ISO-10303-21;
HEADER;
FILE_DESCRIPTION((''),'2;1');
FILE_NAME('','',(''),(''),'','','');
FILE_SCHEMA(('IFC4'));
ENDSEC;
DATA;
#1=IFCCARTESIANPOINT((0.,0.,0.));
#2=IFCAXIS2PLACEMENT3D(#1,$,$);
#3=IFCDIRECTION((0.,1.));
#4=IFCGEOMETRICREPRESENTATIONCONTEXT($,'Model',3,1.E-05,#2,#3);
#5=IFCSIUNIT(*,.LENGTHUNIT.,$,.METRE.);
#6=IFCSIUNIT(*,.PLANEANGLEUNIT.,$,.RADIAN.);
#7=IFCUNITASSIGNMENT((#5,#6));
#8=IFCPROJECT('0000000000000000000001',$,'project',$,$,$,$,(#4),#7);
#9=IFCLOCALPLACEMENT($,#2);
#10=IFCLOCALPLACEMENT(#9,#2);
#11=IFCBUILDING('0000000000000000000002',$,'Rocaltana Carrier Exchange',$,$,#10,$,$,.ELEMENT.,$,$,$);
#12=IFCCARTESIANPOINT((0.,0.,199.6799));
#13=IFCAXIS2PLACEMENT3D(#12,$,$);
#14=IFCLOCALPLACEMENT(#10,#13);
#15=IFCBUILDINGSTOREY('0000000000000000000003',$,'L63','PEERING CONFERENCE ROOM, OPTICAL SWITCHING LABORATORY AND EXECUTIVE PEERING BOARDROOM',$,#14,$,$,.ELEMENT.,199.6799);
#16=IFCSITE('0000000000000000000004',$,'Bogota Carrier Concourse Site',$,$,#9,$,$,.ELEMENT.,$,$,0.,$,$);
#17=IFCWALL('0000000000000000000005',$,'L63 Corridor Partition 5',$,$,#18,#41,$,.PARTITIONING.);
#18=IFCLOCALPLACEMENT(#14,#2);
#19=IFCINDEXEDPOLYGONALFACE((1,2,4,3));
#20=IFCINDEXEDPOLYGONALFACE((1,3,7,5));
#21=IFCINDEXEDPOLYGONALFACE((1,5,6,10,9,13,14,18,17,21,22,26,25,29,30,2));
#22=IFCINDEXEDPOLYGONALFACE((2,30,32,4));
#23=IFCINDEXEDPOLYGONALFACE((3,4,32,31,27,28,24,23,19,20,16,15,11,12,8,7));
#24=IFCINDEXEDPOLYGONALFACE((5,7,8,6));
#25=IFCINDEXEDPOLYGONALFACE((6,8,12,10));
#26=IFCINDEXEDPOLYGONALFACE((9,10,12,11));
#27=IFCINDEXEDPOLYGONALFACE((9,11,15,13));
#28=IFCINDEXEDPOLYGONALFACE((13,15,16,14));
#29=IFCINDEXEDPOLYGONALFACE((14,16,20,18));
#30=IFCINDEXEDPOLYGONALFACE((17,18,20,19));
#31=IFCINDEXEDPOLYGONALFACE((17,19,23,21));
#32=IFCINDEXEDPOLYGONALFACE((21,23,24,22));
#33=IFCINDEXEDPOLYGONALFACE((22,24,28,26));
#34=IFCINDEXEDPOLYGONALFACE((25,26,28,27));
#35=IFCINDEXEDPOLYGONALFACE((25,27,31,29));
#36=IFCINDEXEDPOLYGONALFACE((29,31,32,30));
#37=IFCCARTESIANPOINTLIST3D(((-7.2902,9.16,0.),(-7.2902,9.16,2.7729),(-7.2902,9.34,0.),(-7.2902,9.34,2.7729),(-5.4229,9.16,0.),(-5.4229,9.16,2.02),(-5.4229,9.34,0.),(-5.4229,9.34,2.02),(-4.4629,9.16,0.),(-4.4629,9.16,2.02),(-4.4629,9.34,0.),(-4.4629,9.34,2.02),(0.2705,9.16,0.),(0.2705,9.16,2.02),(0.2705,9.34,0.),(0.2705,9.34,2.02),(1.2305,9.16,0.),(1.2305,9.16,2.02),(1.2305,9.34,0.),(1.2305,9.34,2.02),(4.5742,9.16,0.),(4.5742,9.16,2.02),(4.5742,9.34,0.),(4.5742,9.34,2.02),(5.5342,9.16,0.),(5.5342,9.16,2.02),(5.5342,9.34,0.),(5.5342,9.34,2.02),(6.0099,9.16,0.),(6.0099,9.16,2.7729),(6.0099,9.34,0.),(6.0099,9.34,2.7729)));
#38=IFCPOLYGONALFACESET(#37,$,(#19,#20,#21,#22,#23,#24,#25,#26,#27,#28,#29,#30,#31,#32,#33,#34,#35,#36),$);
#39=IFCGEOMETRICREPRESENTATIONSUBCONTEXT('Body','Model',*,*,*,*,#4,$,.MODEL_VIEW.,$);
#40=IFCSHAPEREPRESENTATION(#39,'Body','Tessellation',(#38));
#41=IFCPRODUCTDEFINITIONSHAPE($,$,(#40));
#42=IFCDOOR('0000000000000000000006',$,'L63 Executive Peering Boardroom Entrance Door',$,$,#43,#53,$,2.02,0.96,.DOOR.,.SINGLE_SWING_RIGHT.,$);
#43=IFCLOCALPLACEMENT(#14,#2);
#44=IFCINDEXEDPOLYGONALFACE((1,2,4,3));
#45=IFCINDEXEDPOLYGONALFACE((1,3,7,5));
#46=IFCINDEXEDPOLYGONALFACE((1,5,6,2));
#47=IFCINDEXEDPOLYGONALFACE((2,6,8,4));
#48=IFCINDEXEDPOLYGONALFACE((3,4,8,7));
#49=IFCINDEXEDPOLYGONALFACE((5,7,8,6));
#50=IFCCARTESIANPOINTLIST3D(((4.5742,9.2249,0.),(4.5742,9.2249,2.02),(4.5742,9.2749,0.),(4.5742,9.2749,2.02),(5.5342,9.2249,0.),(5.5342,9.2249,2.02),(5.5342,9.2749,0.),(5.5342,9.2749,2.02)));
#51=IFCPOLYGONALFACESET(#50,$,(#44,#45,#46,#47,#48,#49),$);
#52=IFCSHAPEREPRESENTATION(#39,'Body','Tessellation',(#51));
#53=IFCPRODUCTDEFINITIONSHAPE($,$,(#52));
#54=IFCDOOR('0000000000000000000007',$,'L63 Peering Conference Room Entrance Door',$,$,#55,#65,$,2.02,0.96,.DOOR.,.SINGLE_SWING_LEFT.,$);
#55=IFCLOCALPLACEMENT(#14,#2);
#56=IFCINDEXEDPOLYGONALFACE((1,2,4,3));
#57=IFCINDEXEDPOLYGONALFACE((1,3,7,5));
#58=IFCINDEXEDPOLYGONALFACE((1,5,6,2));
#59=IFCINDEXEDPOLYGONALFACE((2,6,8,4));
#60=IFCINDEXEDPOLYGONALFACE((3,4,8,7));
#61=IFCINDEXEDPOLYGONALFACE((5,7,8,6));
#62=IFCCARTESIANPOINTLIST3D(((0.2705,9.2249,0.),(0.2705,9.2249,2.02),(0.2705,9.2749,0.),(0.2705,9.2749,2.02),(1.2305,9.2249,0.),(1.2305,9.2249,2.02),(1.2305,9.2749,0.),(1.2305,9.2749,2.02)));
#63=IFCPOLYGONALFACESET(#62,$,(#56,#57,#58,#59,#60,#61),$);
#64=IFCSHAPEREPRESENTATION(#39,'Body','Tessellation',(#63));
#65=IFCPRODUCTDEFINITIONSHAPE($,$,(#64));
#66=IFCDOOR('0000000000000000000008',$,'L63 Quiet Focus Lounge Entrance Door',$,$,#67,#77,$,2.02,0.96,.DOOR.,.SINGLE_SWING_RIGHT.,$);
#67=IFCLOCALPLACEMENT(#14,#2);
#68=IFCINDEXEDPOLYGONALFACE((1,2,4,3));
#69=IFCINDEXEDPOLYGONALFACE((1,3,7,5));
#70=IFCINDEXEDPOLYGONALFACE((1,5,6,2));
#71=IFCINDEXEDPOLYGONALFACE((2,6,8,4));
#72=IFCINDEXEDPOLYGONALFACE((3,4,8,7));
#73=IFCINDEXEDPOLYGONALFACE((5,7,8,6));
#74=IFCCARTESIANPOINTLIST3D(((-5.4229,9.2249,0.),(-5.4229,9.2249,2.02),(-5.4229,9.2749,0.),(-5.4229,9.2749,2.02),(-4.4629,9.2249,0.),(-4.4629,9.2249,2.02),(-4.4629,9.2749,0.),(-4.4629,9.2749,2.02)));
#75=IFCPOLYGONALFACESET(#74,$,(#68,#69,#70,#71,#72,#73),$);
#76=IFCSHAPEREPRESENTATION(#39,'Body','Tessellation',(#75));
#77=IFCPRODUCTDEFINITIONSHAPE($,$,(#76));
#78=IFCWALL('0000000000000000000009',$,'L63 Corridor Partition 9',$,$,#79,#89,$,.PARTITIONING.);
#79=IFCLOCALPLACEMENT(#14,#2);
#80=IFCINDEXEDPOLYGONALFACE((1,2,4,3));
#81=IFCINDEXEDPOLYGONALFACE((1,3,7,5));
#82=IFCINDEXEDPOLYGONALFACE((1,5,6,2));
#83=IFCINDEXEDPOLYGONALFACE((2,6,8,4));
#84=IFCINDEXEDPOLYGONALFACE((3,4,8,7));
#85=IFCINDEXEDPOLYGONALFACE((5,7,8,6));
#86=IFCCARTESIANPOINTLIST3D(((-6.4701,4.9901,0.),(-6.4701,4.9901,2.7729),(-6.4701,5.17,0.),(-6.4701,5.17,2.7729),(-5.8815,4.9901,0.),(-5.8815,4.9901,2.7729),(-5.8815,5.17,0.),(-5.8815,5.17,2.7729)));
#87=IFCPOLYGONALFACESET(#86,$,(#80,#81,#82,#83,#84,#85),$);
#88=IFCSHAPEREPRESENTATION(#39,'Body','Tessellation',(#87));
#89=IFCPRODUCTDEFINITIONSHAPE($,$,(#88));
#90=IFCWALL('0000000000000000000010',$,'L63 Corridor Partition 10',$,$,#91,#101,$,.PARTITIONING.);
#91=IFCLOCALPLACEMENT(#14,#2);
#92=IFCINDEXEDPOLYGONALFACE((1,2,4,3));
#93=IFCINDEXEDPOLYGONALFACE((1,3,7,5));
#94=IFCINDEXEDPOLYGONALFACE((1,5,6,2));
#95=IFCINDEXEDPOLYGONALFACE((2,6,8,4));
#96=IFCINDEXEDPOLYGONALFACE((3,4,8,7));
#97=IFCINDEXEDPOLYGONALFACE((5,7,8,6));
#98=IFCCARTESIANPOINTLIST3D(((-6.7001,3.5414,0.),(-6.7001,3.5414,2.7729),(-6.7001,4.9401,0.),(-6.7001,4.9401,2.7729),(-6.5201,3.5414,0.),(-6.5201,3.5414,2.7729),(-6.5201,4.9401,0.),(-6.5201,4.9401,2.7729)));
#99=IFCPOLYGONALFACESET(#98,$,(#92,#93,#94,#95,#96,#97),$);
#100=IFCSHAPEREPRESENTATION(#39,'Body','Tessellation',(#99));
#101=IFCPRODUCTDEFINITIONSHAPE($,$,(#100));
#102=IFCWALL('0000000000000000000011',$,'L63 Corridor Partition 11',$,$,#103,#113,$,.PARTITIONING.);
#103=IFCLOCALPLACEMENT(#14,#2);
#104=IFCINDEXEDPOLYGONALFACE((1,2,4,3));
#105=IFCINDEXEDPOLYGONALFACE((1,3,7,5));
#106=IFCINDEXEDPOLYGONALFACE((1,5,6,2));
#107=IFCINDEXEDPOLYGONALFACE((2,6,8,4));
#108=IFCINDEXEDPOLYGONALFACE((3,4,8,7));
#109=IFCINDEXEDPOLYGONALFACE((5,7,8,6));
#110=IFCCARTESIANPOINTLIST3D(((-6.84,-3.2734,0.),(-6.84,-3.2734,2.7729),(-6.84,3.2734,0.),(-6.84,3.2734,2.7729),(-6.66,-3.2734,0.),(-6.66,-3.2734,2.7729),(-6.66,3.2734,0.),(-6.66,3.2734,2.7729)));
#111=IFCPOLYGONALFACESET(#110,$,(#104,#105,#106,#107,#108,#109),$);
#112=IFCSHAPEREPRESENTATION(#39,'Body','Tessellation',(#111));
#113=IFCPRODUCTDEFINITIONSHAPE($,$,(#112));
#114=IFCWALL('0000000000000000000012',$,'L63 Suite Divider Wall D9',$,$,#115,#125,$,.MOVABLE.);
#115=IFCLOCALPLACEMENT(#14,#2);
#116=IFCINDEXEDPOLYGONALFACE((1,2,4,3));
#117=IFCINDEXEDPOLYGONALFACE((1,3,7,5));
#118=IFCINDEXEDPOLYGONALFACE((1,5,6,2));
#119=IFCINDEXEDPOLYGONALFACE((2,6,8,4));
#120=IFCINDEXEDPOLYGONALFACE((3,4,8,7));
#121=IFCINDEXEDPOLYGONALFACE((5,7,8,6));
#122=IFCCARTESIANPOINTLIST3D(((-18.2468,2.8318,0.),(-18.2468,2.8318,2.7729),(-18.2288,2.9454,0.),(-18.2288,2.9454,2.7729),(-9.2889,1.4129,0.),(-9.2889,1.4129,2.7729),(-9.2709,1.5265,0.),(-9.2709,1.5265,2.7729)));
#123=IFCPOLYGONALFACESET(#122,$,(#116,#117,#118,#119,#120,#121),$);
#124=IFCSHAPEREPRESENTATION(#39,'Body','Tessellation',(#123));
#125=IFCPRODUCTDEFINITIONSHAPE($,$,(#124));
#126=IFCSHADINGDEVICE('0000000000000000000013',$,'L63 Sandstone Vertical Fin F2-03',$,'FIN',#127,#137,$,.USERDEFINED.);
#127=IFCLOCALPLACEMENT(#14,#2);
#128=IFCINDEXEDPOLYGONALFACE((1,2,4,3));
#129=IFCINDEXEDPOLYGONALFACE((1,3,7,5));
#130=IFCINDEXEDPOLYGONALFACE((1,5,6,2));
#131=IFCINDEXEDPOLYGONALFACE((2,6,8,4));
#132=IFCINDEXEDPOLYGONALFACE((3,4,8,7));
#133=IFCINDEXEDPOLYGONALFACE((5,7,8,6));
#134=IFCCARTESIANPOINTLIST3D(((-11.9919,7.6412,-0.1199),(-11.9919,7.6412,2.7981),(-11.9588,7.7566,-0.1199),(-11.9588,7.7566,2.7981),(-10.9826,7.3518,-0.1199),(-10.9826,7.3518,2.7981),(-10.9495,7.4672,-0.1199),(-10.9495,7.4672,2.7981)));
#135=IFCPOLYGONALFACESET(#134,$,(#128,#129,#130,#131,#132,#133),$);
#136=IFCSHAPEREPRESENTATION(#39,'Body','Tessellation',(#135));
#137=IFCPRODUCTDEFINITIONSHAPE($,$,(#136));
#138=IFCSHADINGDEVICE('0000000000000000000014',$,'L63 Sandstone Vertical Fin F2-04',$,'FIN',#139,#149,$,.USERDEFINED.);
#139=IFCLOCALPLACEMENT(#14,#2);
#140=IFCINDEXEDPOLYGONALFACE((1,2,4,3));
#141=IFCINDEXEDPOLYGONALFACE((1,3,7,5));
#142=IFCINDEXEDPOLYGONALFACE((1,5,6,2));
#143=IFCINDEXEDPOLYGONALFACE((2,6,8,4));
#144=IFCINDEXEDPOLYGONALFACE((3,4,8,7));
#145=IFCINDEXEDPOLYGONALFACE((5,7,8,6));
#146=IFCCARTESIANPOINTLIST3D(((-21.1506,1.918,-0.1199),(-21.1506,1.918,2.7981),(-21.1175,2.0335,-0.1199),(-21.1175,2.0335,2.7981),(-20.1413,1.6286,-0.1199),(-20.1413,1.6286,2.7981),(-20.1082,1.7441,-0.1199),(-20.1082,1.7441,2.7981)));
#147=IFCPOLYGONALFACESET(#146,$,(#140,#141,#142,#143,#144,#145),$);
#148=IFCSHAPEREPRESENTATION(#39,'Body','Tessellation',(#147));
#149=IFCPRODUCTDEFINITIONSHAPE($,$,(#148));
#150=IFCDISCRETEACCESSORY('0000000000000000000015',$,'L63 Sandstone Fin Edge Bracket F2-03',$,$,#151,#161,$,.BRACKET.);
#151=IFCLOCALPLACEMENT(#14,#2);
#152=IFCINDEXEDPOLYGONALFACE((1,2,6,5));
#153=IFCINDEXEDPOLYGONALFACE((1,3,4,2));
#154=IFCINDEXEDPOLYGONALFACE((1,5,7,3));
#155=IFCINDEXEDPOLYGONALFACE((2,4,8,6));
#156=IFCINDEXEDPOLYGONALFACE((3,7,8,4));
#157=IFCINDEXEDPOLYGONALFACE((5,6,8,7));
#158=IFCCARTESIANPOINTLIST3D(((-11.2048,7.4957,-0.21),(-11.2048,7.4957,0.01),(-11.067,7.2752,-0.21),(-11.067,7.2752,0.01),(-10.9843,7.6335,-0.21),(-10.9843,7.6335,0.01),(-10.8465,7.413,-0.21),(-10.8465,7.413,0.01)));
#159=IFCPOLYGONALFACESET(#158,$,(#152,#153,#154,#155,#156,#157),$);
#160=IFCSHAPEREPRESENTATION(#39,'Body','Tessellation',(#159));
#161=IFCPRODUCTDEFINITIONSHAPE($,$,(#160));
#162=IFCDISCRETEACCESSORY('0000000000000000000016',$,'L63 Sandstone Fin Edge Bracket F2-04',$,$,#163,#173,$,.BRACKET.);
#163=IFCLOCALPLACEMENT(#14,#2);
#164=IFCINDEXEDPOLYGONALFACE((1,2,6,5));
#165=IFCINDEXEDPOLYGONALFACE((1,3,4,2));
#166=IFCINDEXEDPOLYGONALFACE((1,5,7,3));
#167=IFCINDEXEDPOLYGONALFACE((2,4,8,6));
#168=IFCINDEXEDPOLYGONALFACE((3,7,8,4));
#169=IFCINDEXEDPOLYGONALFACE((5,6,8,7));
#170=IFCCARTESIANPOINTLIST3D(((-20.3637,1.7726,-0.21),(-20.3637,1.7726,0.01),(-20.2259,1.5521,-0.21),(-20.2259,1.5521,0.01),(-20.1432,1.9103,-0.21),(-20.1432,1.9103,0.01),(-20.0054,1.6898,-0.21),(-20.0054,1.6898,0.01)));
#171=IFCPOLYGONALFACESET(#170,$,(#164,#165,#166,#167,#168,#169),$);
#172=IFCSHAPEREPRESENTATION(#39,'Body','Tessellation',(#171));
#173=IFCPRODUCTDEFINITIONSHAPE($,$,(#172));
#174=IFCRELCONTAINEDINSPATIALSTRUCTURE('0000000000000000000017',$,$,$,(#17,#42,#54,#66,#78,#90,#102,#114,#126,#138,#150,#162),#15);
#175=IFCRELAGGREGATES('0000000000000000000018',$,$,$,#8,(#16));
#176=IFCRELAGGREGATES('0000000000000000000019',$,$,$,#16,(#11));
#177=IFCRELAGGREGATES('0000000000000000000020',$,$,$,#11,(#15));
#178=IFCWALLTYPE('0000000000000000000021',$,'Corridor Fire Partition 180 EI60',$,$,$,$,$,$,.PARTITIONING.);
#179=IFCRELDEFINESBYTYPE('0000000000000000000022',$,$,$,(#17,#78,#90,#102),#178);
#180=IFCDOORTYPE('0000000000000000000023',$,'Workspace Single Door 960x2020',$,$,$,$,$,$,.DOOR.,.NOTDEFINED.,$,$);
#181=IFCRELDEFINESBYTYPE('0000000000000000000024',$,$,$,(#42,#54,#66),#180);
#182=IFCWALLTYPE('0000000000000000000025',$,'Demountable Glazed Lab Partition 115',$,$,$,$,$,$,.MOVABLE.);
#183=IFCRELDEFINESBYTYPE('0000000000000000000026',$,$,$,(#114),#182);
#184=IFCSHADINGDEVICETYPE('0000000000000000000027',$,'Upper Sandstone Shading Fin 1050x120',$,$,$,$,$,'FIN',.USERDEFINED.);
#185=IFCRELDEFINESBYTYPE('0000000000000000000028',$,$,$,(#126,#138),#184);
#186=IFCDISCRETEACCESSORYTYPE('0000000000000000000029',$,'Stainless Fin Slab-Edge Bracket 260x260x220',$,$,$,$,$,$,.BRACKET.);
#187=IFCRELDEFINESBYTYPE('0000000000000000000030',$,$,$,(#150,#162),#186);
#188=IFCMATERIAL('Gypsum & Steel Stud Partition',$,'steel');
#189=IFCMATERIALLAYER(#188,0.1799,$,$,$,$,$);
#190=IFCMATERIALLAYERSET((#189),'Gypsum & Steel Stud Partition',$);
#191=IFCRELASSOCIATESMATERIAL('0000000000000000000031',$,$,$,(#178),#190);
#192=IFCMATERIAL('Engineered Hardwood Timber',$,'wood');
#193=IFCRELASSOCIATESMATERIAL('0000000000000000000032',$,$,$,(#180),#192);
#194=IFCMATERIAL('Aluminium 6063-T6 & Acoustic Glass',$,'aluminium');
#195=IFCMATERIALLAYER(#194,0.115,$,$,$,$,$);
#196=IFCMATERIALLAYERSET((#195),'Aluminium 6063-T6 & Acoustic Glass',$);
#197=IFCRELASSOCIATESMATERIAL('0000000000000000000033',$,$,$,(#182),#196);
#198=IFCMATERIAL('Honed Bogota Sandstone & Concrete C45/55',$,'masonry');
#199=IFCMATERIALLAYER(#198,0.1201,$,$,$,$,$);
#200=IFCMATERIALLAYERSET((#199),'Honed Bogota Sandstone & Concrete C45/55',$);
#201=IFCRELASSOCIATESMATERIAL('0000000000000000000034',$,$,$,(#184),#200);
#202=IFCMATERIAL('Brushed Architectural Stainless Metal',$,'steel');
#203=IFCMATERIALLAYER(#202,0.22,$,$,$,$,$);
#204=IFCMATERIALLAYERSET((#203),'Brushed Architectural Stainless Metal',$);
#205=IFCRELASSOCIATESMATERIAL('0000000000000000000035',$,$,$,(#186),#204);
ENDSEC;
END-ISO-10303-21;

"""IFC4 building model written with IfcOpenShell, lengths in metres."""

from ifc_helpers import new_model, si_unit, direction, frame, frame_2d, origin, origin_2d, place, context, subcontext, project, spatial, rectangle, extrude, material, layer, layer_set, type_object, element, fill, save


model = new_model("IFC4")

# Units and contexts
model_context = context("Model", 3, precision=1e-05, world=origin(), true_north=direction((0.0, 1.0)))
body_context = subcontext(model_context, "Body", "Model", "MODEL_VIEW")
ifc_project = project(units=[si_unit("LENGTHUNIT", "METRE"), si_unit("PLANEANGLEUNIT", "RADIAN")], contexts=[model_context])

# Site, building, storey
site_placement = place(None, origin())
site = spatial("IfcSite", under=ifc_project, at=site_placement, Name="Bogota Carrier Concourse Site", CompositionType="ELEMENT", RefElevation=0.0)
building_placement = place(site_placement, origin())
building = spatial("IfcBuilding", under=site, at=building_placement, Name="Rocaltana Carrier Exchange", CompositionType="ELEMENT")
storey_placement = place(building_placement, frame((0.0, 0.0, 199.6799)))
storey = spatial("IfcBuildingStorey", under=building, at=storey_placement, Name="L63", Description="PEERING CONFERENCE ROOM, OPTICAL SWITCHING LABORATORY AND EXECUTIVE PEERING BOARDROOM", CompositionType="ELEMENT", Elevation=199.6799)

# Shared definitions
ifc_material_1 = material(Name="Gypsum & Steel Stud Partition", Category="steel")
ifc_layer_1 = layer(ifc_material_1, 0.1799)
ifc_layer_set_1 = layer_set([ifc_layer_1], Name="Gypsum & Steel Stud Partition")
wall_type_1 = type_object("IfcWallType", Name="Corridor Fire Partition 180 EI60", PredefinedType="PARTITIONING", material=ifc_layer_set_1)

# Wall, openings, doors
wall_1_placement = place(storey_placement, frame((-7.29, 9.25, 0.0), z_axis=(0.0, 0.0, 1.0), x_axis=(1.0, 0.0, 0.0)))
wall_1 = element("IfcWall", 1, at=wall_1_placement, inside=storey, type_object=wall_type_1, Name="L63 Corridor Partition 5", PredefinedType="PARTITIONING", context=body_context, shape_type="SweptSolid", body=[
    extrude(rectangle(XDim=13.3, YDim=0.1799, at=frame_2d((6.6499, 0.0))), origin(), (0.0, 0.0, 1.0), 2.7729),
])
opening_1_placement = place(wall_1_placement, frame((11.8643, 0.0, 0.0)))
opening_1 = element("IfcOpeningElement", 2, at=opening_1_placement, cuts=wall_1, PredefinedType="OPENING", context=body_context, shape_type="SweptSolid", body=[
    extrude(rectangle(XDim=0.96, YDim=2.02, at=frame_2d((0.48, 1.01))), frame((0.0, 0.0999, 0.0), z_axis=(0.0, -1.0, 0.0), x_axis=(1.0, 0.0, 0.0)), (0.0, 0.0, 1.0), 0.2),
])
opening_2_placement = place(wall_1_placement, frame((7.5605, 0.0, 0.0)))
opening_2 = element("IfcOpeningElement", 3, at=opening_2_placement, cuts=wall_1, PredefinedType="OPENING", context=body_context, shape_type="SweptSolid", body=[
    extrude(rectangle(XDim=0.96, YDim=2.02, at=frame_2d((0.48, 1.01))), frame((0.0, 0.0999, 0.0), z_axis=(0.0, -1.0, 0.0), x_axis=(1.0, 0.0, 0.0)), (0.0, 0.0, 1.0), 0.2),
])
opening_3_placement = place(wall_1_placement, frame((1.8672, 0.0, 0.0)))
opening_3 = element("IfcOpeningElement", 4, at=opening_3_placement, cuts=wall_1, PredefinedType="OPENING", context=body_context, shape_type="SweptSolid", body=[
    extrude(rectangle(XDim=0.96, YDim=2.02, at=frame_2d((0.48, 1.01))), frame((0.0, 0.0999, 0.0), z_axis=(0.0, -1.0, 0.0), x_axis=(1.0, 0.0, 0.0)), (0.0, 0.0, 1.0), 0.2),
])
ifc_material_2 = material(Name="Engineered Hardwood Timber", Category="wood")
door_type = type_object("IfcDoorType", Name="Workspace Single Door 960x2020", OperationType="NOTDEFINED", PredefinedType="DOOR", material=ifc_material_2)
door_1_placement = place(opening_1_placement, origin())
door_1 = element("IfcDoor", 5, at=door_1_placement, inside=storey, type_object=door_type, Name="L63 Executive Peering Boardroom Entrance Door", OperationType="SINGLE_SWING_RIGHT", OverallHeight=2.02, OverallWidth=0.96, PredefinedType="DOOR", context=body_context, shape_type="SweptSolid", body=[
    extrude(rectangle(XDim=0.96, YDim=2.02, at=frame_2d((0.48, 1.01))), frame((0.0, 0.0249, 0.0), z_axis=(0.0, -1.0, 0.0), x_axis=(1.0, 0.0, 0.0)), (0.0, 0.0, 1.0), 0.05),
])
fill(opening_1, door_1)
door_2_placement = place(opening_2_placement, origin())
door_2 = element("IfcDoor", 6, at=door_2_placement, inside=storey, type_object=door_type, Name="L63 Peering Conference Room Entrance Door", OperationType="SINGLE_SWING_LEFT", OverallHeight=2.02, OverallWidth=0.96, PredefinedType="DOOR", context=body_context, shape_type="SweptSolid", body=[
    extrude(rectangle(XDim=0.96, YDim=2.02, at=frame_2d((0.48, 1.01))), frame((0.0, 0.0249, 0.0), z_axis=(0.0, -1.0, 0.0), x_axis=(1.0, 0.0, 0.0)), (0.0, 0.0, 1.0), 0.05),
])
fill(opening_2, door_2)
door_3_placement = place(opening_3_placement, origin())
door_3 = element("IfcDoor", 7, at=door_3_placement, inside=storey, type_object=door_type, Name="L63 Quiet Focus Lounge Entrance Door", OperationType="SINGLE_SWING_RIGHT", OverallHeight=2.02, OverallWidth=0.96, PredefinedType="DOOR", context=body_context, shape_type="SweptSolid", body=[
    extrude(rectangle(XDim=0.96, YDim=2.02, at=frame_2d((0.48, 1.01))), frame((0.0, 0.0249, 0.0), z_axis=(0.0, -1.0, 0.0), x_axis=(1.0, 0.0, 0.0)), (0.0, 0.0, 1.0), 0.05),
])
fill(opening_3, door_3)

# Walls
wall_2_placement = place(storey_placement, frame((-5.8813, 5.0801, 0.0), z_axis=(0.0, 0.0, 1.0), x_axis=(-1.0, 0.0, 0.0)))
element("IfcWall", 8, at=wall_2_placement, inside=storey, type_object=wall_type_1, Name="L63 Corridor Partition 9", PredefinedType="PARTITIONING", context=body_context, shape_type="SweptSolid", body=[
    extrude(rectangle(XDim=0.5886, YDim=0.1799, at=frame_2d((0.2944, 0.0))), origin(), (0.0, 0.0, 1.0), 2.7729),
])
wall_3_placement = place(storey_placement, frame((-6.6101, 4.9399, 0.0), z_axis=(0.0, 0.0, 1.0), x_axis=(0.0, -1.0, 0.0)))
element("IfcWall", 9, at=wall_3_placement, inside=storey, type_object=wall_type_1, Name="L63 Corridor Partition 10", PredefinedType="PARTITIONING", context=body_context, shape_type="SweptSolid", body=[
    extrude(rectangle(XDim=1.3987, YDim=0.1799, at=frame_2d((0.6992, 0.0))), origin(), (0.0, 0.0, 1.0), 2.7729),
])
wall_4_placement = place(storey_placement, frame((-6.75, 3.2734, 0.0), z_axis=(0.0, 0.0, 1.0), x_axis=(0.0, -1.0, 0.0)))
element("IfcWall", 10, at=wall_4_placement, inside=storey, type_object=wall_type_1, Name="L63 Corridor Partition 11", PredefinedType="PARTITIONING", context=body_context, shape_type="SweptSolid", body=[
    extrude(rectangle(XDim=6.5469, YDim=0.1799, at=frame_2d((3.2734, 0.0))), origin(), (0.0, 0.0, 1.0), 2.7729),
])
ifc_material_3 = material(Name="Aluminium 6063-T6 & Acoustic Glass", Category="aluminium")
ifc_layer_2 = layer(ifc_material_3, 0.115)
ifc_layer_set_2 = layer_set([ifc_layer_2], Name="Aluminium 6063-T6 & Acoustic Glass")
wall_type_2 = type_object("IfcWallType", Name="Demountable Glazed Lab Partition 115", PredefinedType="MOVABLE", material=ifc_layer_set_2)
wall_5_placement = place(storey_placement, frame((-9.28, 1.4697, 0.0), z_axis=(0.0, 0.0, 1.0), x_axis=(-0.987686, 0.156449, 0.0)))
element("IfcWall", 11, at=wall_5_placement, inside=storey, type_object=wall_type_2, Name="L63 Suite Divider Wall D9", PredefinedType="MOVABLE", context=body_context, shape_type="SweptSolid", body=[
    extrude(rectangle(XDim=9.0696, YDim=0.115, at=frame_2d((4.5347, 0.0))), origin(), (0.0, 0.0, 1.0), 2.7729),
])

# Shading devices
ifc_material_4 = material(Name="Honed Bogota Sandstone & Concrete C45/55", Category="masonry")
ifc_layer_3 = layer(ifc_material_4, 0.1201)
ifc_layer_set_3 = layer_set([ifc_layer_3], Name="Honed Bogota Sandstone & Concrete C45/55")
shading_device_type = type_object("IfcShadingDeviceType", Name="Upper Sandstone Shading Fin 1050x120", ElementType="FIN", PredefinedType="USERDEFINED", material=ifc_layer_set_3)
for number, where, z_axis, x_axis, name in (
    (12, (-11.4707, 7.5542, -0.1199), (0.0, 0.0, 1.0), (-0.961262, 0.275637, 0.0), "L63 Sandstone Vertical Fin F2-03"),
    (13, (-20.6294, 1.8311, -0.1199), (0.0, 0.0, 1.0), (-0.961262, 0.275637, 0.0), "L63 Sandstone Vertical Fin F2-04"),
):
    element("IfcShadingDevice", number, at=place(storey_placement, frame(where, z_axis=z_axis, x_axis=x_axis)), inside=storey, type_object=shading_device_type, Name=name, ObjectType="FIN", PredefinedType="USERDEFINED", context=body_context, shape_type="SweptSolid", body=[
        extrude(rectangle(XDim=1.05, YDim=0.1201, at=origin_2d()), origin(), (0.0, 0.0, 1.0), 2.918),
    ])

# Discrete accessories
ifc_material_5 = material(Name="Brushed Architectural Stainless Metal", Category="steel")
ifc_layer_4 = layer(ifc_material_5, 0.22)
ifc_layer_set_4 = layer_set([ifc_layer_4], Name="Brushed Architectural Stainless Metal")
discrete_accessory_type = type_object("IfcDiscreteAccessoryType", Name="Stainless Fin Slab-Edge Bracket 260x260x220", PredefinedType="BRACKET", material=ifc_layer_set_4)
for number, where, z_axis, x_axis, name in (
    (14, (-11.0256, 7.4543, -0.21), (0.0, 0.0, 1.0), (-0.848048, -0.529919, 0.0), "L63 Sandstone Fin Edge Bracket F2-03"),
    (15, (-20.1846, 1.7312, -0.21), (0.0, 0.0, 1.0), (-0.848048, -0.529919, 0.0), "L63 Sandstone Fin Edge Bracket F2-04"),
):
    element("IfcDiscreteAccessory", number, at=place(storey_placement, frame(where, z_axis=z_axis, x_axis=x_axis)), inside=storey, type_object=discrete_accessory_type, Name=name, PredefinedType="BRACKET", context=body_context, shape_type="SweptSolid", body=[
        extrude(rectangle(XDim=0.26, YDim=0.26, at=origin_2d()), origin(), (0.0, 0.0, 1.0), 0.22),
    ])

save(model, "model.ifc")
